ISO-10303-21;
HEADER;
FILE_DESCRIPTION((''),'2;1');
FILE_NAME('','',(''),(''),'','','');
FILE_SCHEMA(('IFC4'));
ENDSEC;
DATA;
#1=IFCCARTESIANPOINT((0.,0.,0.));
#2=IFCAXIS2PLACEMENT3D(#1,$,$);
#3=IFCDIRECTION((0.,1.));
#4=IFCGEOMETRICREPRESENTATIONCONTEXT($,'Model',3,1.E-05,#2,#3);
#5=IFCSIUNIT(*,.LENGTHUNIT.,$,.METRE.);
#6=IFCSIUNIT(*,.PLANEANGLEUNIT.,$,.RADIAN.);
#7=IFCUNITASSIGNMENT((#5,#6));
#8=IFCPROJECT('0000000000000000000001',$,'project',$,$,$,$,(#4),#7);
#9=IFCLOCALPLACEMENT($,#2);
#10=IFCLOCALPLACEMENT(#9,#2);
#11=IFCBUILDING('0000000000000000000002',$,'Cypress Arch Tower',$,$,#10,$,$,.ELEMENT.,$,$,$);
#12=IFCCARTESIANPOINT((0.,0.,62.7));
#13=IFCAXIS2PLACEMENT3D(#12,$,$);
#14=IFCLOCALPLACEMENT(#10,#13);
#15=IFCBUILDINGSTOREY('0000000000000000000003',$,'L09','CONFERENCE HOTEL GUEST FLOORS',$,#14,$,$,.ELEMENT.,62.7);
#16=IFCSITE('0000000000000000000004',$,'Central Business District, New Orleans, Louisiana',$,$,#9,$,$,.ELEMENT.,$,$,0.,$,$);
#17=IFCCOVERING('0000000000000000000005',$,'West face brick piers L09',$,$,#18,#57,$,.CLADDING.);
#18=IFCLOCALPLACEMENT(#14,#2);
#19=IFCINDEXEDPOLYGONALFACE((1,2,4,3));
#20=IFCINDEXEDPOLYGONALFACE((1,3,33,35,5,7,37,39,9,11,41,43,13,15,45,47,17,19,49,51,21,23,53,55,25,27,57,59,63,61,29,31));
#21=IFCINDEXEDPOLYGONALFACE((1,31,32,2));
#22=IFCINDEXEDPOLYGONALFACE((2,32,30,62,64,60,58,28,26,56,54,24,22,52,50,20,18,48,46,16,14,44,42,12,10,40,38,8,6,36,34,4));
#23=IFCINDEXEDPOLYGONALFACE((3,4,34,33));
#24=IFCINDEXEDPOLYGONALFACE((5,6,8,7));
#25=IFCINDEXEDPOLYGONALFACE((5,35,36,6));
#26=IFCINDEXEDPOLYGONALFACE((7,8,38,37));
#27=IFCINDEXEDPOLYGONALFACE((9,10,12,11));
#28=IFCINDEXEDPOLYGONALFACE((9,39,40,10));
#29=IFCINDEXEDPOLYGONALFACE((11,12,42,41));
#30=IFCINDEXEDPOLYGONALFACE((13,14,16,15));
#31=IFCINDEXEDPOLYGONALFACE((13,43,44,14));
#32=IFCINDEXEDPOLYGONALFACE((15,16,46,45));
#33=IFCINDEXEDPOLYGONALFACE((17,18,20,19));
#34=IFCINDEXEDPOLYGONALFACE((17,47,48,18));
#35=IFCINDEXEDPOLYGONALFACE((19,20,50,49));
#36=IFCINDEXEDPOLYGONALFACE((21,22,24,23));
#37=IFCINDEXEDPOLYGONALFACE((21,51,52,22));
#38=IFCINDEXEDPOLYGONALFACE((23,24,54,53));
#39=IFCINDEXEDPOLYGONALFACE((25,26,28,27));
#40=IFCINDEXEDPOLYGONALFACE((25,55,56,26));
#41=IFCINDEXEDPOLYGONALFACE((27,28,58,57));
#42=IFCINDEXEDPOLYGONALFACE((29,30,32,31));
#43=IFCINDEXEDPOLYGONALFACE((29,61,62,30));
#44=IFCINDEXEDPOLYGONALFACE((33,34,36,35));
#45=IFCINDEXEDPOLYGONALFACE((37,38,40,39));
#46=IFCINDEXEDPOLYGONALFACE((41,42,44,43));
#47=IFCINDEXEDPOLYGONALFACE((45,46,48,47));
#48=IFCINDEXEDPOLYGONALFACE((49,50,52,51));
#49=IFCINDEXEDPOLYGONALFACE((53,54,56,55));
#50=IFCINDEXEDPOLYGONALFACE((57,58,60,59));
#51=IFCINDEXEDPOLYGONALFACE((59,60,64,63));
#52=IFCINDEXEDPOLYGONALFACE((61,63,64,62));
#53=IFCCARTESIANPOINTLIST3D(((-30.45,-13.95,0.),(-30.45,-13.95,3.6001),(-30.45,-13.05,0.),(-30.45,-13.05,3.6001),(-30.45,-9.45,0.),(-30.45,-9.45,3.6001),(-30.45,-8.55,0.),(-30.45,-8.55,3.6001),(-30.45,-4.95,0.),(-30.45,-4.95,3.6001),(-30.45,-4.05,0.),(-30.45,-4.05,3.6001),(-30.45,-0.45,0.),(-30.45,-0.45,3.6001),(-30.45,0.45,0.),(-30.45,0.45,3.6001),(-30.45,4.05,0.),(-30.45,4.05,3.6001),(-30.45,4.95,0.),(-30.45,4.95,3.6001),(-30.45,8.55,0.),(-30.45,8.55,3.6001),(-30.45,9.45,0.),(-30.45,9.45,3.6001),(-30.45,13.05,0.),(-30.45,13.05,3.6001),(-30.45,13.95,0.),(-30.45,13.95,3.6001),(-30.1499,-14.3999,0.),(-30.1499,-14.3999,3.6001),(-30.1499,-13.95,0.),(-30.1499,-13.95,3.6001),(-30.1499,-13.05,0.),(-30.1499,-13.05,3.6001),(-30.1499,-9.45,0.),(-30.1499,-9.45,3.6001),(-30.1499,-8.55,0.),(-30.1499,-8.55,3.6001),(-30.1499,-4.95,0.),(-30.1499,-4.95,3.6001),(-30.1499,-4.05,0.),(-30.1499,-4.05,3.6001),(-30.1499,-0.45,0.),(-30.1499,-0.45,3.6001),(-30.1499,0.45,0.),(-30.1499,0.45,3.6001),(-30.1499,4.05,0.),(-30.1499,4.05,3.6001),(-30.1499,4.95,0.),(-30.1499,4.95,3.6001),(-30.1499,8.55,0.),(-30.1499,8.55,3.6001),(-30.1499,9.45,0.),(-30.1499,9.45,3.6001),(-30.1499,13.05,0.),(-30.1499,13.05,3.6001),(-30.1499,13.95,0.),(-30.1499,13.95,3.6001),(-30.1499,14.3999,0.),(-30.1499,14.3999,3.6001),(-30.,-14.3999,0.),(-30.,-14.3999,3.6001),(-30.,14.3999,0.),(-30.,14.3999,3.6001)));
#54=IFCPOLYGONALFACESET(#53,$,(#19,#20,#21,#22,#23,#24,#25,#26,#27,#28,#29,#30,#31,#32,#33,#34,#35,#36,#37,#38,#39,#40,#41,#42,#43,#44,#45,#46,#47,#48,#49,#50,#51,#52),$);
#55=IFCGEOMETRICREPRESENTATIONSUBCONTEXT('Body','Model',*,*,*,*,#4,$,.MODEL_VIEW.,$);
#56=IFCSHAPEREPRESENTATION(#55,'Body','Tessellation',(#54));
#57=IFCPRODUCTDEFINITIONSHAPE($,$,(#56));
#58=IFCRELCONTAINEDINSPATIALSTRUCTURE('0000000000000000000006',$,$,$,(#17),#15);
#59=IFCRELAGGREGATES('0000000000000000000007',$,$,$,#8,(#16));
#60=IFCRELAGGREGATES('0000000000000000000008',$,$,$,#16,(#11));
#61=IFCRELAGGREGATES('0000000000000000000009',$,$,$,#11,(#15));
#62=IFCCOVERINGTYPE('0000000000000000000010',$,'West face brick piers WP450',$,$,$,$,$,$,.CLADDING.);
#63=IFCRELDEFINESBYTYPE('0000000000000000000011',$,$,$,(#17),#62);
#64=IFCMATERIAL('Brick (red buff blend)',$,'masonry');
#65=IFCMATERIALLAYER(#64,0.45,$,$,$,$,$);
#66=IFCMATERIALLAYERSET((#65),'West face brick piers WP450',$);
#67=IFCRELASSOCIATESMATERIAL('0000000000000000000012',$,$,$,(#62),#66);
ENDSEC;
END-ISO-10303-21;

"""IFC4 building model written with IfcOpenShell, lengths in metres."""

from ifc_helpers import new_model, si_unit, direction, frame, origin, place, context, subcontext, project, spatial, polyline, outline, extrude, material, layer, layer_set, type_object, element, save


model = new_model("IFC4")

# Units and contexts
model_context = context("Model", 3, precision=1e-05, world=origin(), true_north=direction((0.0, 1.0)))
body_context = subcontext(model_context, "Body", "Model", "MODEL_VIEW")
ifc_project = project(units=[si_unit("LENGTHUNIT", "METRE"), si_unit("PLANEANGLEUNIT", "RADIAN")], contexts=[model_context])

# Site, building, storey
site_placement = place(None, origin())
site = spatial("IfcSite", under=ifc_project, at=site_placement, Name="Central Business District, New Orleans, Louisiana", CompositionType="ELEMENT", RefElevation=0.0)
building_placement = place(site_placement, origin())
building = spatial("IfcBuilding", under=site, at=building_placement, Name="Cypress Arch Tower", CompositionType="ELEMENT")
storey_placement = place(building_placement, frame((0.0, 0.0, 62.7)))
storey = spatial("IfcBuildingStorey", under=building, at=storey_placement, Name="L09", Description="CONFERENCE HOTEL GUEST FLOORS", CompositionType="ELEMENT", Elevation=62.7)

# Covering
ifc_material_1 = material(Name="Brick (red buff blend)", Category="masonry")
ifc_layer_1 = layer(ifc_material_1, 0.45)
ifc_layer_set_1 = layer_set([ifc_layer_1], Name="West face brick piers WP450")
covering_type_1 = type_object("IfcCoveringType", Name="West face brick piers WP450", PredefinedType="CLADDING", material=ifc_layer_set_1)
covering_1_placement = place(storey_placement, origin())
element("IfcCovering", 1, at=covering_1_placement, inside=storey, type_object=covering_type_1, Name="West face brick piers L09", PredefinedType="CLADDING", context=body_context, shape_type="SweptSolid", body=[
    extrude(outline(polyline([(-30.1499, -13.05), (-30.1499, -9.45), (-30.45, -9.45), (-30.45, -8.55), (-30.1499, -8.55), (-30.1499, -4.95), (-30.45, -4.95), (-30.45, -4.05), (-30.1499, -4.05), (-30.1499, -0.45), (-30.45, -0.45), (-30.45, 0.45), (-30.1499, 0.45), (-30.1499, 4.05), (-30.45, 4.05), (-30.45, 4.95), (-30.1499, 4.95), (-30.1499, 8.55), (-30.45, 8.55), (-30.45, 9.45), (-30.1499, 9.45), (-30.1499, 13.05), (-30.45, 13.05), (-30.45, 13.95), (-30.1499, 13.95), (-30.1499, 14.3999), (-30.0, 14.3999), (-30.0, -14.3999), (-30.1499, -14.3999), (-30.1499, -13.95), (-30.45, -13.95), (-30.45, -13.05), (-30.1499, -13.05)])), origin(), (0.0, 0.0, 1.0), 3.6001),
])

save(model, "model.ifc")
